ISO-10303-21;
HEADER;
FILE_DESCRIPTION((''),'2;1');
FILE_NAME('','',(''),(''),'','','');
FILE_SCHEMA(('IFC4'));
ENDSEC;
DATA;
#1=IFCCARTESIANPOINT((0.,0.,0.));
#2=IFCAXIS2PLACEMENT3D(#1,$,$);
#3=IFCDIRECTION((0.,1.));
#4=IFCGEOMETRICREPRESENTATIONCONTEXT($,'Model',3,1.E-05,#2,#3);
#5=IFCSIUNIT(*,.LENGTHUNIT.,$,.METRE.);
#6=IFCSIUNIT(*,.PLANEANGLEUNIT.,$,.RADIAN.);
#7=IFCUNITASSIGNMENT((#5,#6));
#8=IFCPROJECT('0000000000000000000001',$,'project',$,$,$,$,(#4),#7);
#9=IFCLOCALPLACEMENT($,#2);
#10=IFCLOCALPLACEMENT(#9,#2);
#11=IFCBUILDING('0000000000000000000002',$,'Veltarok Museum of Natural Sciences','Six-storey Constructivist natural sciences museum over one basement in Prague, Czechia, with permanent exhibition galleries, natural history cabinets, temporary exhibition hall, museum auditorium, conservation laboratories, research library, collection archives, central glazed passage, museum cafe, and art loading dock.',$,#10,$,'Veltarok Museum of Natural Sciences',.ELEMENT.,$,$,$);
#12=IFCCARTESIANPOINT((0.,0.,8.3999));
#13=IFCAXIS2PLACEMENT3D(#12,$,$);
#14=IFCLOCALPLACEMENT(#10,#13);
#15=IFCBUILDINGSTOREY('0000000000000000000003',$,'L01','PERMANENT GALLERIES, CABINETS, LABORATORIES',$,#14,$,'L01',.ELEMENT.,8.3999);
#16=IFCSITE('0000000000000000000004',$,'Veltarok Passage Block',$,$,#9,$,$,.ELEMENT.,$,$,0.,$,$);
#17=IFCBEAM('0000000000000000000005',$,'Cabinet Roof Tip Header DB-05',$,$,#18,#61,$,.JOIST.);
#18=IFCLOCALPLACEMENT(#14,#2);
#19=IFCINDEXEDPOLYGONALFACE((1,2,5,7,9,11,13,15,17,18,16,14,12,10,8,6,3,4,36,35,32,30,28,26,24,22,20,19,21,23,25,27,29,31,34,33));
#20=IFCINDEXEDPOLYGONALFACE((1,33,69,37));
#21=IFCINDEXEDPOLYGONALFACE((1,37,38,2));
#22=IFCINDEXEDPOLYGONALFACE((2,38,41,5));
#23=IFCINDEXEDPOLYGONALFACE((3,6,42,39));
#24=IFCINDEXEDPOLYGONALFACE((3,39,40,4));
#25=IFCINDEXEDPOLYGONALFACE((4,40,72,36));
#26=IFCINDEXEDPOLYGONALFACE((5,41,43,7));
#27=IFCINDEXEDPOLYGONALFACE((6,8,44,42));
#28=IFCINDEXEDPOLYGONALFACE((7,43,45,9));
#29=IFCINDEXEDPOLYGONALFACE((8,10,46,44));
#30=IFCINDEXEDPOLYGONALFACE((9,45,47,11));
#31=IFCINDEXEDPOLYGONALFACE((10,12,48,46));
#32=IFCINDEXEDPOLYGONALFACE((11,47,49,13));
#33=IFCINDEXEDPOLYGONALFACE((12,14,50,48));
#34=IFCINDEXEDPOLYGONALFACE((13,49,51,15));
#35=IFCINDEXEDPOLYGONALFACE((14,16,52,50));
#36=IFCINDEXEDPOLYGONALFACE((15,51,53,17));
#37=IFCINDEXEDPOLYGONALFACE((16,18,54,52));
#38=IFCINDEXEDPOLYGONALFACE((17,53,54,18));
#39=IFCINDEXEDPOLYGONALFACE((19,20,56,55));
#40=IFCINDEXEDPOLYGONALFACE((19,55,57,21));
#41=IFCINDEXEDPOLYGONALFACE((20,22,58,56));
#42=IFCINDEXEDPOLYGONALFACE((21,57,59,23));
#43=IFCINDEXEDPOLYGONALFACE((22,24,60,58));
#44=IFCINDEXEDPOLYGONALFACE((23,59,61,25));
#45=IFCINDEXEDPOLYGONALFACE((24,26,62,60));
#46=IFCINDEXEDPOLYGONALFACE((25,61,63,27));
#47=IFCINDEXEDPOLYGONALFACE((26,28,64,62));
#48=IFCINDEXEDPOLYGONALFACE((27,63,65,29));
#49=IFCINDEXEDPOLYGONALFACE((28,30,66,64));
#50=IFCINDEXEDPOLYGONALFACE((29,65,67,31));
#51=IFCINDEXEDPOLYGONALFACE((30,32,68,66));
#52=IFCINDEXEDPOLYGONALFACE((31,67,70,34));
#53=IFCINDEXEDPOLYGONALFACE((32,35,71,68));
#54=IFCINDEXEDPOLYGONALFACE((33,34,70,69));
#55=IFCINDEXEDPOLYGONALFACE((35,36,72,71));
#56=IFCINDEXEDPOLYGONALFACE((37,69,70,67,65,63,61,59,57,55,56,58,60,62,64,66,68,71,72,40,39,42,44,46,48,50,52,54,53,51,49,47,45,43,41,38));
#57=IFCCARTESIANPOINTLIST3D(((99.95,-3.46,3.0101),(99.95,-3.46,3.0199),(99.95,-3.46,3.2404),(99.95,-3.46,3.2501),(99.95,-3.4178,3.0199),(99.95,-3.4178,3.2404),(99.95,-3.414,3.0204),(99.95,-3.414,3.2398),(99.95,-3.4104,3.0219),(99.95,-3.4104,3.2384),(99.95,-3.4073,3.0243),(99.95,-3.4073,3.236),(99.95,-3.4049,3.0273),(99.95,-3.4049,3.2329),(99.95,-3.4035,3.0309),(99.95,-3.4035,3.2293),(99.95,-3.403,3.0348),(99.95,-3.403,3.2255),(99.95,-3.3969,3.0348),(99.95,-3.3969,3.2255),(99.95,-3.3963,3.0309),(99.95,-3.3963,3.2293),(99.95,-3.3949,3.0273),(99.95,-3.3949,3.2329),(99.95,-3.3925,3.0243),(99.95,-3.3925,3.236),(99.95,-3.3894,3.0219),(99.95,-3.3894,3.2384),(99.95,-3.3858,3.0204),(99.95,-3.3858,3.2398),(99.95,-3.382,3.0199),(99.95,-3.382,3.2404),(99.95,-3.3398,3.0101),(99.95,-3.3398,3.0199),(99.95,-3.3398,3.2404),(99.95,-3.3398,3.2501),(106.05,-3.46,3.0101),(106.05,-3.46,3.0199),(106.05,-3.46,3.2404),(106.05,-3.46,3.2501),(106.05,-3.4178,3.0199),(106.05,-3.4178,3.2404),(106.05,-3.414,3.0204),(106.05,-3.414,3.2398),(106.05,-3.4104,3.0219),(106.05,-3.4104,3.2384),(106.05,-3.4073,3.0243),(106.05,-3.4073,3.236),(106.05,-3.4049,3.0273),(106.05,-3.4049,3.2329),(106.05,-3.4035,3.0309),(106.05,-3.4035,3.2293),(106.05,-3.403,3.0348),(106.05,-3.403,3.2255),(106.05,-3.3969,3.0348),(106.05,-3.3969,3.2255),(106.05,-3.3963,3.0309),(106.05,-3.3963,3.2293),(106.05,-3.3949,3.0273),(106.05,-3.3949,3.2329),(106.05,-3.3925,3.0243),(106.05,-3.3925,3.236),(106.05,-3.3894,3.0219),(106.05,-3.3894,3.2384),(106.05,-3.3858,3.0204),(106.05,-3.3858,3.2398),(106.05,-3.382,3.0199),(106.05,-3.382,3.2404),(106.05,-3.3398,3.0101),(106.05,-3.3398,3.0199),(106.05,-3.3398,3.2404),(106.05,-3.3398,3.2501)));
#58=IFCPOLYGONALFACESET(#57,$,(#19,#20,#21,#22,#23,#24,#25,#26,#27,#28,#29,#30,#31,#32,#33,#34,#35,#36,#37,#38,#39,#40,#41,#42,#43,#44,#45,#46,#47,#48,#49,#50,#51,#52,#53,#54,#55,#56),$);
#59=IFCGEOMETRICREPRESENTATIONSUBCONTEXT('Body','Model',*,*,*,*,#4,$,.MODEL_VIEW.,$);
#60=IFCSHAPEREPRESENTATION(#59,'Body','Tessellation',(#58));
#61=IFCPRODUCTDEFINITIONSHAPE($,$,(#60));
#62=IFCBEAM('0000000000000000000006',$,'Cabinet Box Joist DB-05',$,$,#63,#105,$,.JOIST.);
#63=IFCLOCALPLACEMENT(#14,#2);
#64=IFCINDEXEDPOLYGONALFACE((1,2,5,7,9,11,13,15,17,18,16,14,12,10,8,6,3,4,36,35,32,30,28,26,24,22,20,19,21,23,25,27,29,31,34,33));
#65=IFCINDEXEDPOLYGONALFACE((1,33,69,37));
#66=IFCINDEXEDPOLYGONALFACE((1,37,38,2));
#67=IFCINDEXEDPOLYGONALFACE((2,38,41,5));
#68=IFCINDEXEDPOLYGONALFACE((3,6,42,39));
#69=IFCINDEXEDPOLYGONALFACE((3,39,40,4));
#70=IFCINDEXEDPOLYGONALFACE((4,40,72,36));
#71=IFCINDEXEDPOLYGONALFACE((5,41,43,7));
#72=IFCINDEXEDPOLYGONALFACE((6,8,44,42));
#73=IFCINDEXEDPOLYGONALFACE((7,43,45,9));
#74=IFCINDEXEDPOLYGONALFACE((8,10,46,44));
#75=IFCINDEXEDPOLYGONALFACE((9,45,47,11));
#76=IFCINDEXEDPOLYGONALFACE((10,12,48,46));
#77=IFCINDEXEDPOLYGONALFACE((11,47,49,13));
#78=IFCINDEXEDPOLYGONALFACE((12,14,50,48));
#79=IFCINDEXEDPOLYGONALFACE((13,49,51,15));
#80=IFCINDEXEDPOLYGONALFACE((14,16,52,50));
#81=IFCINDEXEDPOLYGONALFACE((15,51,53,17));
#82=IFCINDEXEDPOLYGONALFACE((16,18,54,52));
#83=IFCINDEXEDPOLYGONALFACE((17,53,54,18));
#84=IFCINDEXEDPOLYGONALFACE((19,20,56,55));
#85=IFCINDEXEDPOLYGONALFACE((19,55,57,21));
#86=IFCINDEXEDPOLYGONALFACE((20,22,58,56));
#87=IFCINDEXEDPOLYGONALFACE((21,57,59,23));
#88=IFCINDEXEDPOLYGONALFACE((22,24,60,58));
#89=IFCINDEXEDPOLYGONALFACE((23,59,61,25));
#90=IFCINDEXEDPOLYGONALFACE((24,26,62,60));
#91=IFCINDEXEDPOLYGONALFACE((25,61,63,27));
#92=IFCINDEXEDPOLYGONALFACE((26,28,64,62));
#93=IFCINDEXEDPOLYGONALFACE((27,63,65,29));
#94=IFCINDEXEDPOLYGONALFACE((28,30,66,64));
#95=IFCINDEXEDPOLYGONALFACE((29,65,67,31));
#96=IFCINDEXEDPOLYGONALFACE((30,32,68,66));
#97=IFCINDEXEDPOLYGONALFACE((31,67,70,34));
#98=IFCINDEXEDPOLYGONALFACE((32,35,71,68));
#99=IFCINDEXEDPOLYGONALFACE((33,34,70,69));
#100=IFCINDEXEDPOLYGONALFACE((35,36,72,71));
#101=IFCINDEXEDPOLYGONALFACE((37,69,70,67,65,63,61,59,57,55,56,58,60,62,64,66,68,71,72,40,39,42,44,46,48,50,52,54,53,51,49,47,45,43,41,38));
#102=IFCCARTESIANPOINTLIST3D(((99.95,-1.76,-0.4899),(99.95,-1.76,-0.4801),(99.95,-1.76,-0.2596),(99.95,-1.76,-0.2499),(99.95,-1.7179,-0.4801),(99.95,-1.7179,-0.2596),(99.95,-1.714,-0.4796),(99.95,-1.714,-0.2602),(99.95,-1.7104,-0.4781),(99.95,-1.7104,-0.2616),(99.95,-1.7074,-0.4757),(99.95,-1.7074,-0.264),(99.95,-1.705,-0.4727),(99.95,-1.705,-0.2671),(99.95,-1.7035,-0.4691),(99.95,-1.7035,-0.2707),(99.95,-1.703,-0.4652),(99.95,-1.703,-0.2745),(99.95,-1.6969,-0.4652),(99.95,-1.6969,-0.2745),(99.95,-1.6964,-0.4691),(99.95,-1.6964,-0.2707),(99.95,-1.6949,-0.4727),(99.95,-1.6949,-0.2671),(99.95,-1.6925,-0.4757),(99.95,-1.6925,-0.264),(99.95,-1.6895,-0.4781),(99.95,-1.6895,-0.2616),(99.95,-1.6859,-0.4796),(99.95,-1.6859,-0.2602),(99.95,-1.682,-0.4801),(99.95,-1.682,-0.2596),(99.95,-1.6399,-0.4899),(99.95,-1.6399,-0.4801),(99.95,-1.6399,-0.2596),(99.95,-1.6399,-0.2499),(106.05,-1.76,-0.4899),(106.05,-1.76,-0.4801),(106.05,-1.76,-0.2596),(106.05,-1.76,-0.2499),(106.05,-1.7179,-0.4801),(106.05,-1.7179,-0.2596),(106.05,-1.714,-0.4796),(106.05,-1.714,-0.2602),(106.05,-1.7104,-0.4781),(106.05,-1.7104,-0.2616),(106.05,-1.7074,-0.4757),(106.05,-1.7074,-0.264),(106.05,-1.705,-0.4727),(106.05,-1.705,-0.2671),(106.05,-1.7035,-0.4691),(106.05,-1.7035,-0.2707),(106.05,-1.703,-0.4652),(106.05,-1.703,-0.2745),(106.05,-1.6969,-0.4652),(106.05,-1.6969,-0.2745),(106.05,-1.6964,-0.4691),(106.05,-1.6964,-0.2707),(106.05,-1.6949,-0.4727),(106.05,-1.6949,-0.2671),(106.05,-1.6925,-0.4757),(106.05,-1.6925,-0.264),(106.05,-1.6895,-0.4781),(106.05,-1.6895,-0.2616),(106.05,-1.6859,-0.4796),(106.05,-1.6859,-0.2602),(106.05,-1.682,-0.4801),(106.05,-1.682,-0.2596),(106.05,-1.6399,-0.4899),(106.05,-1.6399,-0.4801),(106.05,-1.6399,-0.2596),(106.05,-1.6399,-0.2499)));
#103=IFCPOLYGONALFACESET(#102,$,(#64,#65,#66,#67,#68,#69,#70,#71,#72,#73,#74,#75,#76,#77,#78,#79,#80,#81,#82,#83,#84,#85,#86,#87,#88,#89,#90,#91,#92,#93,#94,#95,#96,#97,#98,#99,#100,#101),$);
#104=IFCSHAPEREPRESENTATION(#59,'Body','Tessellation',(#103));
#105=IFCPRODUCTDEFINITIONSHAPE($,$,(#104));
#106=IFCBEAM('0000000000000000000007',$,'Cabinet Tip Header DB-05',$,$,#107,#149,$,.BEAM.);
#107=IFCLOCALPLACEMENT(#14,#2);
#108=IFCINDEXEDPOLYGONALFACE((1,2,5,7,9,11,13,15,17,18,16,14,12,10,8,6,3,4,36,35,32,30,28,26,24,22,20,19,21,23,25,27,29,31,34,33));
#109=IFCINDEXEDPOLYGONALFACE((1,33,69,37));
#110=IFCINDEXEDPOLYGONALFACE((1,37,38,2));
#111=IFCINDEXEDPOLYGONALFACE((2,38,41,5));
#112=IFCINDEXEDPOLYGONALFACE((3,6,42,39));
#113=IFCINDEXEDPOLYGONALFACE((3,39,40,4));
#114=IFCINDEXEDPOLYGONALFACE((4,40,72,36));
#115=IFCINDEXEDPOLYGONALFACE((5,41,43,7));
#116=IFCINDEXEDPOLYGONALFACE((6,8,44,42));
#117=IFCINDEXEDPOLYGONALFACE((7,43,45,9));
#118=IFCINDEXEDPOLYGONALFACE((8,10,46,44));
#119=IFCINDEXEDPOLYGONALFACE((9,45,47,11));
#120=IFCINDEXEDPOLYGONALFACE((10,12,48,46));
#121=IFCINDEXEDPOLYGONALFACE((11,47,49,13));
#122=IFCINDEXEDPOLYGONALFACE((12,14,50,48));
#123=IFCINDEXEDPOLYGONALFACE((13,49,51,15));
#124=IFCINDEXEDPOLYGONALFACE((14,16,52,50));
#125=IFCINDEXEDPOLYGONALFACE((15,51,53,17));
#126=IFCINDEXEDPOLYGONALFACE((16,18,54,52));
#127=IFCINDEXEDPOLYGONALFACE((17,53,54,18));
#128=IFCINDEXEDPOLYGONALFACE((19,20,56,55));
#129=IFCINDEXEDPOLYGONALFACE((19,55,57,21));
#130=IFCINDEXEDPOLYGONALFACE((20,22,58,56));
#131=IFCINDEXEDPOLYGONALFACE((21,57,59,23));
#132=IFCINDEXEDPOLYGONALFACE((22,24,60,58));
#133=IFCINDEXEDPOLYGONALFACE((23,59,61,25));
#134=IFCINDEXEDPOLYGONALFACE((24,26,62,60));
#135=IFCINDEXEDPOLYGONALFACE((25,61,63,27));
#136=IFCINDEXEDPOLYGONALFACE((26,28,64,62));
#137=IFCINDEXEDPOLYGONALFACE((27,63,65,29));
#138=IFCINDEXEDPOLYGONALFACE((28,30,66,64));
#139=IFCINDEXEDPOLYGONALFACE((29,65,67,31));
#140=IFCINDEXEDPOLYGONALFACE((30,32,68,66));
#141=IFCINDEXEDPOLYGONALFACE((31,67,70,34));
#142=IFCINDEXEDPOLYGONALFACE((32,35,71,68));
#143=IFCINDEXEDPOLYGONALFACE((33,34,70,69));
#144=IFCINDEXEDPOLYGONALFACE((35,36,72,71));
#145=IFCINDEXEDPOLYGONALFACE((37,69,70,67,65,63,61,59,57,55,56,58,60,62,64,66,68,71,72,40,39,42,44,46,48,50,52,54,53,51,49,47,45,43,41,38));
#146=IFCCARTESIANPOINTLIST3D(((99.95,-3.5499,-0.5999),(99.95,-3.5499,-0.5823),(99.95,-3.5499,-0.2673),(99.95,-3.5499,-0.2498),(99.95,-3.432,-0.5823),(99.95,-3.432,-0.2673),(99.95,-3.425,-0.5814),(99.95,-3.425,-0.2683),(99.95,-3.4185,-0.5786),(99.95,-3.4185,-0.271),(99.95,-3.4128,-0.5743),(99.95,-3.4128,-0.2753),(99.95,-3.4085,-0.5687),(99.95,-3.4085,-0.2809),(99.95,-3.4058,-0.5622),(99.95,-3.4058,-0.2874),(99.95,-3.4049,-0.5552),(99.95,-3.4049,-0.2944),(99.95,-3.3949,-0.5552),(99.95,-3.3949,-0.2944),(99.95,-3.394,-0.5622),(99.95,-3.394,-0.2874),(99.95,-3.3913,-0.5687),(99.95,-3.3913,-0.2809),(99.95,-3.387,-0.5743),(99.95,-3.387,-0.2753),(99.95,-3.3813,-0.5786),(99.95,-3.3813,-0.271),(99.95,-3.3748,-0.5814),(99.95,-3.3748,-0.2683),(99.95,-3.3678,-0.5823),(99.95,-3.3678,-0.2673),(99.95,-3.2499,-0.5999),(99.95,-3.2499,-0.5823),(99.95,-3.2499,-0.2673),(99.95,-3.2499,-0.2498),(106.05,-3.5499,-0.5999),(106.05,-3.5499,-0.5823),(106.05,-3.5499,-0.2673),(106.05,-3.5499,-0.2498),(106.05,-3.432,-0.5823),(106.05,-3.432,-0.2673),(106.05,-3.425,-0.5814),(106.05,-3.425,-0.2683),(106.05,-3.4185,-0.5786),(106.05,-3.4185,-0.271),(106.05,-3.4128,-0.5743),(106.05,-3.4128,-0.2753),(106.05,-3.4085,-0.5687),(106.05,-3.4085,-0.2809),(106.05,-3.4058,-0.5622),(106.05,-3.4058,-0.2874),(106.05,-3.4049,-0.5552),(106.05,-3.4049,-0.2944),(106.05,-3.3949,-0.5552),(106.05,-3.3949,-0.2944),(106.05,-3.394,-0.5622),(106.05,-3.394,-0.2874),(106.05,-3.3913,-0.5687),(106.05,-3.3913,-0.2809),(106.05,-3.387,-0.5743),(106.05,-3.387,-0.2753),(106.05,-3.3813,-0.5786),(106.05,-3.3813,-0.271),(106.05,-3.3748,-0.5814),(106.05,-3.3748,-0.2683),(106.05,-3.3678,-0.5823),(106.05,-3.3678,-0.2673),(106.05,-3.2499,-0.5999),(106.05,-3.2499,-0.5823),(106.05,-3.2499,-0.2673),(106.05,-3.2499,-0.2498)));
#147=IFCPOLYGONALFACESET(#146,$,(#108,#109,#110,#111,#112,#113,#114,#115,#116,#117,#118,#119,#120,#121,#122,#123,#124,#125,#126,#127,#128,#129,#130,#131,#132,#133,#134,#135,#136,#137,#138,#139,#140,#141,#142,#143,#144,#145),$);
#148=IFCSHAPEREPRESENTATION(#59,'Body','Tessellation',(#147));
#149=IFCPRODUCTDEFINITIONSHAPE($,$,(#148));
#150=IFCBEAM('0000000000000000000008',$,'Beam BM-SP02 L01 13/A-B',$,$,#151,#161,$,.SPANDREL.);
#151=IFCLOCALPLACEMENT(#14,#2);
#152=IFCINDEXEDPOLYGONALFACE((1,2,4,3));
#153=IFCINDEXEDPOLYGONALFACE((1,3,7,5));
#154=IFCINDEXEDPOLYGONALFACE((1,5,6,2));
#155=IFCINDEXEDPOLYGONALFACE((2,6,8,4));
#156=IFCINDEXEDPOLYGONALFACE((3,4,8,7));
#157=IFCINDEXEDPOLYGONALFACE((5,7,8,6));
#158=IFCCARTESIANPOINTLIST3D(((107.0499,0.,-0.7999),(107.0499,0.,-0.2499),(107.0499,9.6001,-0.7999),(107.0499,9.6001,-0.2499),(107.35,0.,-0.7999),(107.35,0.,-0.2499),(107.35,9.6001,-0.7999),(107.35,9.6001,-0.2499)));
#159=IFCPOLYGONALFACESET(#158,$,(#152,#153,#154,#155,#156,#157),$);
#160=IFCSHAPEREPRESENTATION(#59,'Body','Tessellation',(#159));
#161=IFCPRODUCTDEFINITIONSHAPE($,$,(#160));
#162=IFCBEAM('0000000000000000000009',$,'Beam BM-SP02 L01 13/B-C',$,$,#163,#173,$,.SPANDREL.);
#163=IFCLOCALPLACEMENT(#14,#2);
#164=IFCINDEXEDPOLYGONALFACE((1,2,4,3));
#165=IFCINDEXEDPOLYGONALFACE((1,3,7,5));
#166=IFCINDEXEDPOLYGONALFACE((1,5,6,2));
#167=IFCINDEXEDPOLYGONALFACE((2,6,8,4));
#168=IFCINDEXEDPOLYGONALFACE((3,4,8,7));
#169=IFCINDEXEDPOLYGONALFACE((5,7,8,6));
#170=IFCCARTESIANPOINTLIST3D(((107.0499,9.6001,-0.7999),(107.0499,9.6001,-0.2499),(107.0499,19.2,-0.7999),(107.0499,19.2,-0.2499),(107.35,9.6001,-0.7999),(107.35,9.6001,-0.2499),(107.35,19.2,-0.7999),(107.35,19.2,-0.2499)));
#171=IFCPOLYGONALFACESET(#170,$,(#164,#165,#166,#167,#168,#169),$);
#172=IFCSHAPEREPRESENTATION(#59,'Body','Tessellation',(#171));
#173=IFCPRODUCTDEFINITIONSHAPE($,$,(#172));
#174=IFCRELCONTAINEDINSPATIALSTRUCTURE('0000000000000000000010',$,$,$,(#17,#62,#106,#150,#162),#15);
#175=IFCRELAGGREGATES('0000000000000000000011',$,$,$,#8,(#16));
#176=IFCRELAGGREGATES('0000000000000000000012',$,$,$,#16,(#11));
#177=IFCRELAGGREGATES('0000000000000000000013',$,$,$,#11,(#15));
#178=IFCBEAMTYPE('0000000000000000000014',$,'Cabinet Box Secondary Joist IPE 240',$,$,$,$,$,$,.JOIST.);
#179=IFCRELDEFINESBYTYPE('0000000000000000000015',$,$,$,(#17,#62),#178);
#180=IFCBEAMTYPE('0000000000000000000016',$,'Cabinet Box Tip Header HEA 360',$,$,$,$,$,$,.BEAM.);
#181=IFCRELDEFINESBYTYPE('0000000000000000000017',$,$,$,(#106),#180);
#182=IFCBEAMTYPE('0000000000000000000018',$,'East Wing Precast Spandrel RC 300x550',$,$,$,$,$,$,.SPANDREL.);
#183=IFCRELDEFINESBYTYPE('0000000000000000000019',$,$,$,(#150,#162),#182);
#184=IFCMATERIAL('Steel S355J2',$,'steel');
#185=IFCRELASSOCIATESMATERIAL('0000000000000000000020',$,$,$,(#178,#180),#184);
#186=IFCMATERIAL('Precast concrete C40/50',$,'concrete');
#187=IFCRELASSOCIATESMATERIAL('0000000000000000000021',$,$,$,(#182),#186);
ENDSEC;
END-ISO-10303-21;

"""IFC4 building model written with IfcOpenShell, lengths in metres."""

from ifc_helpers import new_model, si_unit, direction, frame, origin, origin_2d, place, context, subcontext, project, spatial, rectangle, i_section, extrude, material, material_profile, profile_set, type_object, element, save


model = new_model("IFC4")

# Units and contexts
model_context = context("Model", 3, precision=1e-05, world=origin(), true_north=direction((0.0, 1.0)))
body_context = subcontext(model_context, "Body", "Model", "MODEL_VIEW")
ifc_project = project(units=[si_unit("LENGTHUNIT", "METRE"), si_unit("PLANEANGLEUNIT", "RADIAN")], contexts=[model_context])

# Site, building, storey
site_placement = place(None, origin())
site = spatial("IfcSite", under=ifc_project, at=site_placement, Name="Veltarok Passage Block", CompositionType="ELEMENT", RefElevation=0.0)
building_placement = place(site_placement, origin())
building = spatial("IfcBuilding", under=site, at=building_placement, Name="Veltarok Museum of Natural Sciences", Description="Six-storey Constructivist natural sciences museum over one basement in Prague, Czechia, with permanent exhibition galleries, natural history cabinets, temporary exhibition hall, museum auditorium, conservation laboratories, research library, collection archives, central glazed passage, museum cafe, and art loading dock.", LongName="Veltarok Museum of Natural Sciences", CompositionType="ELEMENT")
storey_placement = place(building_placement, frame((0.0, 0.0, 8.3999)))
storey = spatial("IfcBuildingStorey", under=building, at=storey_placement, Name="L01", Description="PERMANENT GALLERIES, CABINETS, LABORATORIES", LongName="L01", CompositionType="ELEMENT", Elevation=8.3999)

# Shared definitions
ifc_material_1 = material(Name="Steel S355J2", Category="steel")

# Beams
ifc_material_profile_1 = material_profile(ifc_material_1, i_section(OverallWidth=0.1201, OverallDepth=0.24, WebThickness=0.0061, FlangeThickness=0.0098, FilletRadius=0.0149, at=origin_2d()), Name="IPE 240")
ifc_profile_set_1 = profile_set([ifc_material_profile_1], Name="Steel S355J2")
beam_type_1 = type_object("IfcBeamType", Name="Cabinet Box Secondary Joist IPE 240", PredefinedType="JOIST", material=ifc_profile_set_1)
for number, where, z_axis, x_axis, name in (
    (1, (99.95, -3.3999, 3.1301), (1.0, 0.0, 0.0), (0.0, 1.0, 0.0), "Cabinet Roof Tip Header DB-05"),
    (2, (99.95, -1.7, -0.3699), (1.0, 0.0, 0.0), (0.0, 1.0, 0.0), "Cabinet Box Joist DB-05"),
):
    element("IfcBeam", number, at=place(storey_placement, frame(where, z_axis=z_axis, x_axis=x_axis)), inside=storey, type_object=beam_type_1, Name=name, PredefinedType="JOIST", context=body_context, shape_type="SweptSolid", body=[
        extrude(i_section(OverallWidth=0.1201, OverallDepth=0.24, WebThickness=0.0061, FlangeThickness=0.0098, FilletRadius=0.0149, at=origin_2d()), origin(), (0.0, 0.0, 1.0), 6.1001),
    ])
ifc_material_profile_2 = material_profile(ifc_material_1, i_section(OverallWidth=0.3, OverallDepth=0.3501, WebThickness=0.01, FlangeThickness=0.0176, FilletRadius=0.0271, at=origin_2d()), Name="HEA 360")
ifc_profile_set_2 = profile_set([ifc_material_profile_2], Name="Steel S355J2")
beam_type_2 = type_object("IfcBeamType", Name="Cabinet Box Tip Header HEA 360", PredefinedType="BEAM", material=ifc_profile_set_2)
beam_1_placement = place(storey_placement, frame((99.95, -3.3999, -0.4248), z_axis=(1.0, 0.0, 0.0), x_axis=(0.0, 1.0, 0.0)))
element("IfcBeam", 3, at=beam_1_placement, inside=storey, type_object=beam_type_2, Name="Cabinet Tip Header DB-05", PredefinedType="BEAM", context=body_context, shape_type="SweptSolid", body=[
    extrude(i_section(OverallWidth=0.3, OverallDepth=0.3501, WebThickness=0.01, FlangeThickness=0.0176, FilletRadius=0.0271, at=origin_2d()), origin(), (0.0, 0.0, 1.0), 6.1001),
])
ifc_material_2 = material(Name="Precast concrete C40/50", Category="concrete")
ifc_material_profile_3 = material_profile(ifc_material_2, rectangle(XDim=0.3, YDim=0.55, at=origin_2d()), Name="RC 300x550")
ifc_profile_set_3 = profile_set([ifc_material_profile_3], Name="Precast concrete C40/50")
beam_type_3 = type_object("IfcBeamType", Name="East Wing Precast Spandrel RC 300x550", PredefinedType="SPANDREL", material=ifc_profile_set_3)
beam_2_placement = place(storey_placement, frame((107.2, 0.0, -0.5249), z_axis=(0.0, 1.0, 0.0), x_axis=(-1.0, 0.0, 0.0)))
element("IfcBeam", 4, at=beam_2_placement, inside=storey, type_object=beam_type_3, Name="Beam BM-SP02 L01 13/A-B", PredefinedType="SPANDREL", context=body_context, shape_type="SweptSolid", body=[
    extrude(rectangle(XDim=0.3, YDim=0.55, at=origin_2d()), origin(), (0.0, 0.0, 1.0), 9.6001),
])
beam_3_placement = place(storey_placement, frame((107.2, 9.6001, -0.5249), z_axis=(0.0, 1.0, 0.0), x_axis=(-1.0, 0.0, 0.0)))
element("IfcBeam", 5, at=beam_3_placement, inside=storey, type_object=beam_type_3, Name="Beam BM-SP02 L01 13/B-C", PredefinedType="SPANDREL", context=body_context, shape_type="SweptSolid", body=[
    extrude(rectangle(XDim=0.3, YDim=0.55, at=origin_2d()), origin(), (0.0, 0.0, 1.0), 9.5999),
])

save(model, "model.ifc")
